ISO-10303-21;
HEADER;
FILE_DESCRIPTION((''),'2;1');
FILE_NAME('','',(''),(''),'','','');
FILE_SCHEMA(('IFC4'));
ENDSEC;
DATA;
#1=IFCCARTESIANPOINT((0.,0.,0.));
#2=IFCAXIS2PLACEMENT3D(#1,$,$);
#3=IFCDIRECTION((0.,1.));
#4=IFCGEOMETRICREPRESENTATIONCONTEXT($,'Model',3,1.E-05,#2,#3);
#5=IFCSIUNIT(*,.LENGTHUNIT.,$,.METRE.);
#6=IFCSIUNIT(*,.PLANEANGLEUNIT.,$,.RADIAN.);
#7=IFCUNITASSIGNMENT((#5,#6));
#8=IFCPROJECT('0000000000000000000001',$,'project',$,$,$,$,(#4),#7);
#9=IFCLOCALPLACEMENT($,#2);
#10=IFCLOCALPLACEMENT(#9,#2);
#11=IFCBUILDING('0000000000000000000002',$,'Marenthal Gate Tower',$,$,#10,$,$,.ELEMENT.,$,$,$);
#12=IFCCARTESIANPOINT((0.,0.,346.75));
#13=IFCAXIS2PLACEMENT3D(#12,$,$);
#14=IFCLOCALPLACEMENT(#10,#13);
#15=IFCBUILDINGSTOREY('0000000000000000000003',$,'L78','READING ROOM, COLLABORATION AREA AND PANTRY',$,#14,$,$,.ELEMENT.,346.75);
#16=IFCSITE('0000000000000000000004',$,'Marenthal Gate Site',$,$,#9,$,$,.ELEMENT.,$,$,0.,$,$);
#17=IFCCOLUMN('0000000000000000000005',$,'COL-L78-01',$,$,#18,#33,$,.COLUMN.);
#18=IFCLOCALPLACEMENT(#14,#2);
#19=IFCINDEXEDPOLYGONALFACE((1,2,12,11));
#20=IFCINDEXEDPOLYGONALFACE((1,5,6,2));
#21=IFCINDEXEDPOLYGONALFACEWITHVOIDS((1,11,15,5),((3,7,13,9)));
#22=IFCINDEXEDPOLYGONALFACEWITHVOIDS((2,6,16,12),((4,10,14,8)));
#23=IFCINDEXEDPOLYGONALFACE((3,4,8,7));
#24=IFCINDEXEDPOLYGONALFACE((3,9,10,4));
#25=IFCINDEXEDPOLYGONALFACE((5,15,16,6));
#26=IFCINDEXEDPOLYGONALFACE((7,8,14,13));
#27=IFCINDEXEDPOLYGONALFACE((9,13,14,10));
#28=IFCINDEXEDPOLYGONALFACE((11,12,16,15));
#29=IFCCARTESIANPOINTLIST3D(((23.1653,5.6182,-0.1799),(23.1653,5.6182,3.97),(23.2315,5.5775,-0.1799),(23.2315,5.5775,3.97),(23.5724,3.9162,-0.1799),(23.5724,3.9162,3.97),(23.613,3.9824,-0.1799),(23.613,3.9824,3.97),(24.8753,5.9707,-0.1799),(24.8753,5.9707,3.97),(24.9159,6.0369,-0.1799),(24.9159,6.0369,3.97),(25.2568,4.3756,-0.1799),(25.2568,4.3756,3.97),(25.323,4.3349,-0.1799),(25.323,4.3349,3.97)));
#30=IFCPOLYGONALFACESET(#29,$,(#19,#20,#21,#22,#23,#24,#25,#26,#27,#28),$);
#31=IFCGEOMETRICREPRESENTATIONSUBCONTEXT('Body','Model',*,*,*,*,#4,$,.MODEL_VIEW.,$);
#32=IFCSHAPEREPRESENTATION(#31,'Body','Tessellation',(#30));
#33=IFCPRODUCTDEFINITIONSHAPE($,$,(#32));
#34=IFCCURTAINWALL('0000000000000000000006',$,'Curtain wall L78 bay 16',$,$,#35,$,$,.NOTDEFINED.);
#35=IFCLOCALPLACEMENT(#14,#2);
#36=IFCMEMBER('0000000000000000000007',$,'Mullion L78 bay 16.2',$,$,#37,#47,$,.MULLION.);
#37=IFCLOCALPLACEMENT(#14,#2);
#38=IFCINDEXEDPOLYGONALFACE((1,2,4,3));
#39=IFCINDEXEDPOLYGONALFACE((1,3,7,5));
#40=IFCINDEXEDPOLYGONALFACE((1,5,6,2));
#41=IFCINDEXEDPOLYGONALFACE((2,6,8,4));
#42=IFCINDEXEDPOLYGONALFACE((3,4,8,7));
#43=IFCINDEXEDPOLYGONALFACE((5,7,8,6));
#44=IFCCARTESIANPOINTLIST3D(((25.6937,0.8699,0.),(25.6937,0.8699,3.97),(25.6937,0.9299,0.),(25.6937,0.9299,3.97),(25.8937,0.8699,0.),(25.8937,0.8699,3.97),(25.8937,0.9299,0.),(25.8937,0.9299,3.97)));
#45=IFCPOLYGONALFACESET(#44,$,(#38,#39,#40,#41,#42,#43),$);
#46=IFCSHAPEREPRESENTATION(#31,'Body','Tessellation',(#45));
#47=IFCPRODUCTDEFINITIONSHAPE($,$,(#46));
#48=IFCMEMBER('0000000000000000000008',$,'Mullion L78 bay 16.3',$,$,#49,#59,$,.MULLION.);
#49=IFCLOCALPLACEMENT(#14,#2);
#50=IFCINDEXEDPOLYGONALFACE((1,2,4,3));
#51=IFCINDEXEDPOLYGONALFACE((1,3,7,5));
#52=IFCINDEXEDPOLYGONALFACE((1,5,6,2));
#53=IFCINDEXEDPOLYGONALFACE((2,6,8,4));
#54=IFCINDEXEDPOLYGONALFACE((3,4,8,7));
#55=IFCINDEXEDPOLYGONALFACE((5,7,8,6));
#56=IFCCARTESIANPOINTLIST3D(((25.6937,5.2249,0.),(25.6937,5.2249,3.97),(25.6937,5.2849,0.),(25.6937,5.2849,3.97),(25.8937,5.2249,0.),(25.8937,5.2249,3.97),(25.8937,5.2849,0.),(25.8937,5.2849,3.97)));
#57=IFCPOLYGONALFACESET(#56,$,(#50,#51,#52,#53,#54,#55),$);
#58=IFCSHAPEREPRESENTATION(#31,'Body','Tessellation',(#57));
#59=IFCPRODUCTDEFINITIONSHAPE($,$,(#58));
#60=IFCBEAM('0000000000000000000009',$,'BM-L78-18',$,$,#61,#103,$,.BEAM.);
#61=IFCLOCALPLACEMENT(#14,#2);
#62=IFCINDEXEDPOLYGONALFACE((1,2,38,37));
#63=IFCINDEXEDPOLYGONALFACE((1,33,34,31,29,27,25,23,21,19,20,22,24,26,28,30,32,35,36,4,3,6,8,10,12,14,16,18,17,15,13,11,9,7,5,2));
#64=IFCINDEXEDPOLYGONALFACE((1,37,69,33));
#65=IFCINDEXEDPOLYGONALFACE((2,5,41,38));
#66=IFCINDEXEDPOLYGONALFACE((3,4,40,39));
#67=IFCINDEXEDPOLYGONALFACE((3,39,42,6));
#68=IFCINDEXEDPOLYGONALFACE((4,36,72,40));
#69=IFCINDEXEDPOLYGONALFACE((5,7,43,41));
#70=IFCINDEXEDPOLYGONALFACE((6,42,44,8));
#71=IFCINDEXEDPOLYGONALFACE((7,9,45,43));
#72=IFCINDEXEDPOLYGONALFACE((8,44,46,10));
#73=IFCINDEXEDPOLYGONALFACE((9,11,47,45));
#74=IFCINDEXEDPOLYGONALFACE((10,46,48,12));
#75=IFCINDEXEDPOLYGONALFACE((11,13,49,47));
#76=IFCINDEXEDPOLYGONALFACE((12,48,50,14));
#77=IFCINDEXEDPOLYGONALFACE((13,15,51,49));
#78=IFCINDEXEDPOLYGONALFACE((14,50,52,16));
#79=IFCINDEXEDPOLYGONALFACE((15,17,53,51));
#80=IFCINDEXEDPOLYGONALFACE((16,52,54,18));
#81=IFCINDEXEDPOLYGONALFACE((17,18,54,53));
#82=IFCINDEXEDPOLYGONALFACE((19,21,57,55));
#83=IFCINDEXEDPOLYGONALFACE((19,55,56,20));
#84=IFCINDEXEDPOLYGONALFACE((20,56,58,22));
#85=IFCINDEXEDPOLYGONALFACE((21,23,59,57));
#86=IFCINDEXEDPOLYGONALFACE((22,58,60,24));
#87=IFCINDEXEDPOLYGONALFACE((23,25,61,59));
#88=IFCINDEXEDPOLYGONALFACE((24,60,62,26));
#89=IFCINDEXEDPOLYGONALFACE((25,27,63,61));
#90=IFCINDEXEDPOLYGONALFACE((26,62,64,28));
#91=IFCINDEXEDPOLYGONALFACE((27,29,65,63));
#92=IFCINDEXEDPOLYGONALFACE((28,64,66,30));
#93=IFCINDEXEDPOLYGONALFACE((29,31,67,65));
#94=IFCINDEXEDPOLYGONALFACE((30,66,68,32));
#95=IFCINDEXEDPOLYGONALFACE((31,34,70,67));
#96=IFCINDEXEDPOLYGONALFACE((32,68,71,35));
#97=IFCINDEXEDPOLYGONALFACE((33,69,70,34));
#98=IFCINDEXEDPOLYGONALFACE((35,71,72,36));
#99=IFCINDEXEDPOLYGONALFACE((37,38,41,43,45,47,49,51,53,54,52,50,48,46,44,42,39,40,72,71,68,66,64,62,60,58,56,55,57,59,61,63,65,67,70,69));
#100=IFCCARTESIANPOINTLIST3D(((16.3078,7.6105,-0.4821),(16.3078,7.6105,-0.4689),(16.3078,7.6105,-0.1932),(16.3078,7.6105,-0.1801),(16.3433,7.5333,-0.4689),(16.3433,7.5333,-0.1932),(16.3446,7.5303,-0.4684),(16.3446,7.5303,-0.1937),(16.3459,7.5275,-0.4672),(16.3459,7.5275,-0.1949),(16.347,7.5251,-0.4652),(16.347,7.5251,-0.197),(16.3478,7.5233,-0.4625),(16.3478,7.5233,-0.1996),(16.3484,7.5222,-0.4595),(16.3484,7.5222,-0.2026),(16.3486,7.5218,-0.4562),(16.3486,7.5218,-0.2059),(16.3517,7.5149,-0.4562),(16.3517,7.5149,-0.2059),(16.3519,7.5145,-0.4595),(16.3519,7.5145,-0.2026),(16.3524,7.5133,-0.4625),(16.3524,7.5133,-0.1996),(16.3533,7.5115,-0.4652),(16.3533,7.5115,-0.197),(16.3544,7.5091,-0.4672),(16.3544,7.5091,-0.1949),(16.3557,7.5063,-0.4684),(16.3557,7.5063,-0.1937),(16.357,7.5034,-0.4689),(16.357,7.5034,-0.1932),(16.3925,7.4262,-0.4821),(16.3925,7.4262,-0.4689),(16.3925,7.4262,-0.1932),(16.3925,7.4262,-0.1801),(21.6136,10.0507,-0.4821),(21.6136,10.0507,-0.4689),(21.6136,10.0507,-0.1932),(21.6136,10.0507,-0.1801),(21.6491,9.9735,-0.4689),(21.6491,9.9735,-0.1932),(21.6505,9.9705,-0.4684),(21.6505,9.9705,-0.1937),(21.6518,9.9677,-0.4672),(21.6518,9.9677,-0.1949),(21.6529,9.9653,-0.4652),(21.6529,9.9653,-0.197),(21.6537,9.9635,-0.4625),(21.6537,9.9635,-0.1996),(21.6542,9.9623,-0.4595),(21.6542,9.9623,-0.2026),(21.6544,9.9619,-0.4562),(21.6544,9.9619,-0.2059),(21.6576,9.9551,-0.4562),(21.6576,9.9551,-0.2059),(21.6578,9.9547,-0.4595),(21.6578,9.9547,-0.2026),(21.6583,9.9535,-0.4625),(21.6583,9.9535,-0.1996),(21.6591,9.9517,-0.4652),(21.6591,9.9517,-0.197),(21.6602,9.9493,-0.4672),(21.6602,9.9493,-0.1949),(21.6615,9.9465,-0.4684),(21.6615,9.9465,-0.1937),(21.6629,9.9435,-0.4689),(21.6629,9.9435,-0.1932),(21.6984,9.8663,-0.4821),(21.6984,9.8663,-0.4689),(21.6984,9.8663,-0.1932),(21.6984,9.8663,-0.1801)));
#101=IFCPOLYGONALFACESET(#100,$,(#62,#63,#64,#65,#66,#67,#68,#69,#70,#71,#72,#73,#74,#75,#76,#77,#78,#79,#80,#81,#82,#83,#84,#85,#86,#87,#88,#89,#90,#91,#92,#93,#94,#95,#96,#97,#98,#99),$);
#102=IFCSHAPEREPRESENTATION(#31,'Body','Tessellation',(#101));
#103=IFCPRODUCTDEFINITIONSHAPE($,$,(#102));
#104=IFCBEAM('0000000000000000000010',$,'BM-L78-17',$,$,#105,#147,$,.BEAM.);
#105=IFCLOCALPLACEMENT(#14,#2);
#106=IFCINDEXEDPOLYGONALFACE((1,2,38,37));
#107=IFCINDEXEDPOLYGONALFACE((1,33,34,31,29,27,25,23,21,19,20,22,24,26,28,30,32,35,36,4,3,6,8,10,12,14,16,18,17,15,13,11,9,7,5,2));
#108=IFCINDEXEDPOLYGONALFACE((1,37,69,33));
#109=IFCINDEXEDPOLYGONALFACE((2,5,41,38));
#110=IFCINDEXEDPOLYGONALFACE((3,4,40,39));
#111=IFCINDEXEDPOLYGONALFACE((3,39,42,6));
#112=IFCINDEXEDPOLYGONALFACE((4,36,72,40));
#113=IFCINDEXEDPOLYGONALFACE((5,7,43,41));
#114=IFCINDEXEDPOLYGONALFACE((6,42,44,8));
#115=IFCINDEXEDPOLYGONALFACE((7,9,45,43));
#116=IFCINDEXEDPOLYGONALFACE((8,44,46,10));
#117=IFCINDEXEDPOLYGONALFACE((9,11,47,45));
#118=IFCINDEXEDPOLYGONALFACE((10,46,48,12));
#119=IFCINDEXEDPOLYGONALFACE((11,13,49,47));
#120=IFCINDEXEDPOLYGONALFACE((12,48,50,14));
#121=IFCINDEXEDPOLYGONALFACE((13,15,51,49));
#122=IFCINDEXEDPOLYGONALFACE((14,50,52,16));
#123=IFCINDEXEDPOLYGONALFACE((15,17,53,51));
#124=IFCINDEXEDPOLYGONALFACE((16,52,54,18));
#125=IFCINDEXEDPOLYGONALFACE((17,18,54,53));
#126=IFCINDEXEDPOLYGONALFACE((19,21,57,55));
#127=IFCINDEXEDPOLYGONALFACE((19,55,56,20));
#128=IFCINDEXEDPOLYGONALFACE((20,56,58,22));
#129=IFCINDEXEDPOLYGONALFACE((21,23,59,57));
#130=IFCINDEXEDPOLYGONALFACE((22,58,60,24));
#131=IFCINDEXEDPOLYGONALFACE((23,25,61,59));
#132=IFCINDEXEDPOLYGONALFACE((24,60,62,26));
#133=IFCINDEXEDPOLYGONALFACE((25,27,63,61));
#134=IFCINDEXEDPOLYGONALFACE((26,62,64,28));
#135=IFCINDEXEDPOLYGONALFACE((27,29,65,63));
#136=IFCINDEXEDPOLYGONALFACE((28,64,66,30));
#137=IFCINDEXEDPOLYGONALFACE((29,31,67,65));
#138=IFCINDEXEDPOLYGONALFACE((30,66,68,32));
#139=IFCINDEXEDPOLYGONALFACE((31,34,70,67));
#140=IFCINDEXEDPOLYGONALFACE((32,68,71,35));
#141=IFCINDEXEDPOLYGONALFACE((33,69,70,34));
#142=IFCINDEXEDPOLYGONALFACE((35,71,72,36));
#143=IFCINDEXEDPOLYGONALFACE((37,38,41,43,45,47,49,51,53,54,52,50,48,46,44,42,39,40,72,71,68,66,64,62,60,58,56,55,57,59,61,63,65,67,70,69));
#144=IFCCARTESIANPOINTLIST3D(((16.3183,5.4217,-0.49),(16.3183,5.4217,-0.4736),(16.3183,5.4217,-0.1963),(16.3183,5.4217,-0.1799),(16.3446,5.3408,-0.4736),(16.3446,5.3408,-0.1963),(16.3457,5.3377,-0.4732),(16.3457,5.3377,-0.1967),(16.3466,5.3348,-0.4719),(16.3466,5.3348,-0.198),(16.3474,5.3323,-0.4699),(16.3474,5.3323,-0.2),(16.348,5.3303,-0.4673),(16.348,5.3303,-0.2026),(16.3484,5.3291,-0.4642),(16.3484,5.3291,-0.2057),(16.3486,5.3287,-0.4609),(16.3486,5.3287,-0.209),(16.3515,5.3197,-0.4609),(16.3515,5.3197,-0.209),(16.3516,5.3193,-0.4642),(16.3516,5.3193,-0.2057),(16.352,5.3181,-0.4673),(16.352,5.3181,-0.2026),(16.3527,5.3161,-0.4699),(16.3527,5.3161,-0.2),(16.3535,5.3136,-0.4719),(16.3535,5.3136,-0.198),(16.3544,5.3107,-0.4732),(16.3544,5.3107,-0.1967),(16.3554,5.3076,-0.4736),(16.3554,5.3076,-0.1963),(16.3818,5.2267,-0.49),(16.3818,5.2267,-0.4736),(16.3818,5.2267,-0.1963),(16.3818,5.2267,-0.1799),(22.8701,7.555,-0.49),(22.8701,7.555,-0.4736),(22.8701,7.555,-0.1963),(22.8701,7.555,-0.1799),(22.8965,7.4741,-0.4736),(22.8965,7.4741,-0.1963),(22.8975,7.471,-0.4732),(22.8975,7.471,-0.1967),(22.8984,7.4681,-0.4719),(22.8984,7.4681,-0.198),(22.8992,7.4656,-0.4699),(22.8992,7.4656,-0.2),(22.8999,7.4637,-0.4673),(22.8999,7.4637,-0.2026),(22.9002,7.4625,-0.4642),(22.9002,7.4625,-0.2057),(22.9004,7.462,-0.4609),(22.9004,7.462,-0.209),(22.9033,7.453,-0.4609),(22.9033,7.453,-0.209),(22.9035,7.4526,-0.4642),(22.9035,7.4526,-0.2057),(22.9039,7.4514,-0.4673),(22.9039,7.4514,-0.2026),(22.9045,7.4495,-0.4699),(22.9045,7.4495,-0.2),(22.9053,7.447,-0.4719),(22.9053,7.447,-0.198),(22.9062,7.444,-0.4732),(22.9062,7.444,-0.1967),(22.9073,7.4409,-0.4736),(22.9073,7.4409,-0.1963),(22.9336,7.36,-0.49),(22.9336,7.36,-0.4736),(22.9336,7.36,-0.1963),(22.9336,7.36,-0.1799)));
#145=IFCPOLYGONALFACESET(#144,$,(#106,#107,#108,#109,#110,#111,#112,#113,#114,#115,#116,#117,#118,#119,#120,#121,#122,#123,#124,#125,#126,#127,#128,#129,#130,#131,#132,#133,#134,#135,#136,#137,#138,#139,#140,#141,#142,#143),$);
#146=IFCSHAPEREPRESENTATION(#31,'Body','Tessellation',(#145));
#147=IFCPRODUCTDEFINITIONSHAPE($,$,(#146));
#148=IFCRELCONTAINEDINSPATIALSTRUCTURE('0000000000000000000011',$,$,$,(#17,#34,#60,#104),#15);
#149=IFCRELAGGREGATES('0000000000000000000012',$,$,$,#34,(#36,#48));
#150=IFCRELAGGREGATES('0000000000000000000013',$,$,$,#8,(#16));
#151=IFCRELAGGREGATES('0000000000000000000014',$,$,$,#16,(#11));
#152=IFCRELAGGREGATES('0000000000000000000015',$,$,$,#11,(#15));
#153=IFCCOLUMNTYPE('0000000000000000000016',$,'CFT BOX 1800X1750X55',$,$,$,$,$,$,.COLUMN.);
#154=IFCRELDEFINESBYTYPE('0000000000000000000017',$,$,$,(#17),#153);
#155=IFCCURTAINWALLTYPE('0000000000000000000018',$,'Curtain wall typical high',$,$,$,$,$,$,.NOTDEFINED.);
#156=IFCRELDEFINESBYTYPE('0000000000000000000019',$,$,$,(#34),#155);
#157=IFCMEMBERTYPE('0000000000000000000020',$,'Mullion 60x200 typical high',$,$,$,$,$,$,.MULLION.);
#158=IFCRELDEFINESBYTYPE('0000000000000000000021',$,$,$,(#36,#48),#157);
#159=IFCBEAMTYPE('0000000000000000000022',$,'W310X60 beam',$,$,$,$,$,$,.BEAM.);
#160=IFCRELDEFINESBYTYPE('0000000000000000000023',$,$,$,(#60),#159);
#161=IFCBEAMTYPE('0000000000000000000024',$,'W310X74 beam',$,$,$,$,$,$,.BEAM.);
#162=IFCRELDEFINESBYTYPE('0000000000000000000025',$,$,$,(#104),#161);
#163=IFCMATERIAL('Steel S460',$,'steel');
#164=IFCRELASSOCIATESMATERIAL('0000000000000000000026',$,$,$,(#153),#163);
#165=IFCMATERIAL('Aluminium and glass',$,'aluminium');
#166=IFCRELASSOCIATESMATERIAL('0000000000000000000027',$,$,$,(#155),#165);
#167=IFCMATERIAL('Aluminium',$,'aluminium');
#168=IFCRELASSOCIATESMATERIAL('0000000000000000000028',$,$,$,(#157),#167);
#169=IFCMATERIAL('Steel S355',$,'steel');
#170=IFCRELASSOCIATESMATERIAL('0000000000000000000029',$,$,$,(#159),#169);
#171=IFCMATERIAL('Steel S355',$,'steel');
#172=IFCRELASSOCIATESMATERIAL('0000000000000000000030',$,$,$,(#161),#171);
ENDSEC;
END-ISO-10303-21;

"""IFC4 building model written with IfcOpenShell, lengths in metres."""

from ifc_helpers import new_model, si_unit, direction, frame, origin, origin_2d, place, context, subcontext, project, spatial, rectangle, hollow_rectangle, i_section, extrude, material, material_profile, profile_set, type_object, element, aggregate, save


model = new_model("IFC4")

# Units and contexts
model_context = context("Model", 3, precision=1e-05, world=origin(), true_north=direction((0.0, 1.0)))
body_context = subcontext(model_context, "Body", "Model", "MODEL_VIEW")
ifc_project = project(units=[si_unit("LENGTHUNIT", "METRE"), si_unit("PLANEANGLEUNIT", "RADIAN")], contexts=[model_context])

# Site, building, storey
site_placement = place(None, origin())
site = spatial("IfcSite", under=ifc_project, at=site_placement, Name="Marenthal Gate Site", CompositionType="ELEMENT", RefElevation=0.0)
building_placement = place(site_placement, origin())
building = spatial("IfcBuilding", under=site, at=building_placement, Name="Marenthal Gate Tower", CompositionType="ELEMENT")
storey_placement = place(building_placement, frame((0.0, 0.0, 346.75)))
storey = spatial("IfcBuildingStorey", under=building, at=storey_placement, Name="L78", Description="READING ROOM, COLLABORATION AREA AND PANTRY", CompositionType="ELEMENT", Elevation=346.75)

# Column
ifc_material_1 = material(Name="Steel S460", Category="steel")
ifc_material_profile_1 = material_profile(ifc_material_1, hollow_rectangle(XDim=1.75, YDim=1.8, WallThickness=0.0549, at=origin_2d()), Name="CFT BOX 1800X1750X55")
ifc_material_2 = material(Name="Concrete 70 MPa", Category="concrete")
ifc_material_profile_2 = material_profile(ifc_material_2, rectangle(XDim=1.6399, YDim=1.6899, at=origin_2d()), Name="CFT BOX 1800X1750X55 INFILL")
ifc_profile_set_1 = profile_set([ifc_material_profile_1, ifc_material_profile_2], Name="Steel S460 shell, Concrete 70 MPa infill")
column_type = type_object("IfcColumnType", Name="CFT BOX 1800X1750X55", PredefinedType="COLUMN", material=ifc_profile_set_1)
column_placement = place(storey_placement, frame((24.2441, 4.9766, -0.1799), z_axis=(0.0, 0.0, 1.0), x_axis=(0.232626, -0.972566, 0.0)))
element("IfcColumn", 1, at=column_placement, inside=storey, type_object=column_type, Name="COL-L78-01", PredefinedType="COLUMN", context=body_context, shape_type="SweptSolid", body=[
    extrude(hollow_rectangle(XDim=1.75, YDim=1.8, WallThickness=0.0549, at=origin_2d()), origin(), (0.0, 0.0, 1.0), 4.1499),
])

# Curtain wall, members
ifc_material_3 = material(Name="Aluminium and glass", Category="aluminium")
curtain_wall_type = type_object("IfcCurtainWallType", Name="Curtain wall typical high", PredefinedType="NOTDEFINED", material=ifc_material_3)
curtain_wall_placement = place(storey_placement, origin())
curtain_wall = element("IfcCurtainWall", 2, at=curtain_wall_placement, inside=storey, type_object=curtain_wall_type, Name="Curtain wall L78 bay 16", PredefinedType="NOTDEFINED")
ifc_material_4 = material(Name="Aluminium", Category="aluminium")
ifc_material_profile_3 = material_profile(ifc_material_4, rectangle(XDim=0.2, YDim=0.0601, at=origin_2d()), Name="60x200 aluminium mullion")
ifc_profile_set_2 = profile_set([ifc_material_profile_3], Name="Aluminium")
member_type = type_object("IfcMemberType", Name="Mullion 60x200 typical high", PredefinedType="MULLION", material=ifc_profile_set_2)
member_1_placement = place(storey_placement, frame((25.7937, 0.8999, 0.0), z_axis=(0.0, 0.0, 1.0), x_axis=(-1.0, 0.0, 0.0)))
member_1 = element("IfcMember", 3, at=member_1_placement, type_object=member_type, Name="Mullion L78 bay 16.2", PredefinedType="MULLION", context=body_context, shape_type="SweptSolid", body=[
    extrude(rectangle(XDim=0.2, YDim=0.0601, at=origin_2d()), origin(), (0.0, 0.0, 1.0), 3.97),
])
member_2_placement = place(storey_placement, frame((25.7937, 5.2549, 0.0), z_axis=(0.0, 0.0, 1.0), x_axis=(-1.0, 0.0, 0.0)))
member_2 = element("IfcMember", 4, at=member_2_placement, type_object=member_type, Name="Mullion L78 bay 16.3", PredefinedType="MULLION", context=body_context, shape_type="SweptSolid", body=[
    extrude(rectangle(XDim=0.2, YDim=0.0601, at=origin_2d()), origin(), (0.0, 0.0, 1.0), 3.97),
])

# Beams
ifc_material_5 = material(Name="Steel S355", Category="steel")
ifc_material_profile_4 = material_profile(ifc_material_5, i_section(OverallWidth=0.2029, OverallDepth=0.302, WebThickness=0.0076, FlangeThickness=0.0132, FilletRadius=0.0127, at=origin_2d()), Name="W310X60")
ifc_profile_set_3 = profile_set([ifc_material_profile_4], Name="Steel S355")
beam_type_1 = type_object("IfcBeamType", Name="W310X60 beam", PredefinedType="BEAM", material=ifc_profile_set_3)
beam_1_placement = place(storey_placement, frame((21.656, 9.9585, -0.3311), z_axis=(-0.908525, -0.41783, 0.0), x_axis=(0.41783, -0.908525, 0.0)))
element("IfcBeam", 5, at=beam_1_placement, inside=storey, type_object=beam_type_1, Name="BM-L78-18", PredefinedType="BEAM", context=body_context, shape_type="SweptSolid", body=[
    extrude(i_section(OverallWidth=0.2029, OverallDepth=0.302, WebThickness=0.0076, FlangeThickness=0.0132, FilletRadius=0.0127, at=origin_2d()), origin(), (0.0, 0.0, 1.0), 5.8401),
])
ifc_material_6 = material(Name="Steel S355", Category="steel")
ifc_material_profile_5 = material_profile(ifc_material_6, i_section(OverallWidth=0.2051, OverallDepth=0.3101, WebThickness=0.0095, FlangeThickness=0.0164, FilletRadius=0.0127, at=origin_2d()), Name="W310X74")
ifc_profile_set_4 = profile_set([ifc_material_profile_5], Name="Steel S355")
beam_type_2 = type_object("IfcBeamType", Name="W310X74 beam", PredefinedType="BEAM", material=ifc_profile_set_4)
beam_2_placement = place(storey_placement, frame((22.9019, 7.4575, -0.335), z_axis=(-0.950864, -0.309608, 0.0), x_axis=(0.309608, -0.950864, 0.0)))
element("IfcBeam", 6, at=beam_2_placement, inside=storey, type_object=beam_type_2, Name="BM-L78-17", PredefinedType="BEAM", context=body_context, shape_type="SweptSolid", body=[
    extrude(i_section(OverallWidth=0.2051, OverallDepth=0.3101, WebThickness=0.0095, FlangeThickness=0.0164, FilletRadius=0.0127, at=origin_2d()), origin(), (0.0, 0.0, 1.0), 6.8904),
])

aggregate(curtain_wall, [member_1, member_2])

save(model, "model.ifc")
